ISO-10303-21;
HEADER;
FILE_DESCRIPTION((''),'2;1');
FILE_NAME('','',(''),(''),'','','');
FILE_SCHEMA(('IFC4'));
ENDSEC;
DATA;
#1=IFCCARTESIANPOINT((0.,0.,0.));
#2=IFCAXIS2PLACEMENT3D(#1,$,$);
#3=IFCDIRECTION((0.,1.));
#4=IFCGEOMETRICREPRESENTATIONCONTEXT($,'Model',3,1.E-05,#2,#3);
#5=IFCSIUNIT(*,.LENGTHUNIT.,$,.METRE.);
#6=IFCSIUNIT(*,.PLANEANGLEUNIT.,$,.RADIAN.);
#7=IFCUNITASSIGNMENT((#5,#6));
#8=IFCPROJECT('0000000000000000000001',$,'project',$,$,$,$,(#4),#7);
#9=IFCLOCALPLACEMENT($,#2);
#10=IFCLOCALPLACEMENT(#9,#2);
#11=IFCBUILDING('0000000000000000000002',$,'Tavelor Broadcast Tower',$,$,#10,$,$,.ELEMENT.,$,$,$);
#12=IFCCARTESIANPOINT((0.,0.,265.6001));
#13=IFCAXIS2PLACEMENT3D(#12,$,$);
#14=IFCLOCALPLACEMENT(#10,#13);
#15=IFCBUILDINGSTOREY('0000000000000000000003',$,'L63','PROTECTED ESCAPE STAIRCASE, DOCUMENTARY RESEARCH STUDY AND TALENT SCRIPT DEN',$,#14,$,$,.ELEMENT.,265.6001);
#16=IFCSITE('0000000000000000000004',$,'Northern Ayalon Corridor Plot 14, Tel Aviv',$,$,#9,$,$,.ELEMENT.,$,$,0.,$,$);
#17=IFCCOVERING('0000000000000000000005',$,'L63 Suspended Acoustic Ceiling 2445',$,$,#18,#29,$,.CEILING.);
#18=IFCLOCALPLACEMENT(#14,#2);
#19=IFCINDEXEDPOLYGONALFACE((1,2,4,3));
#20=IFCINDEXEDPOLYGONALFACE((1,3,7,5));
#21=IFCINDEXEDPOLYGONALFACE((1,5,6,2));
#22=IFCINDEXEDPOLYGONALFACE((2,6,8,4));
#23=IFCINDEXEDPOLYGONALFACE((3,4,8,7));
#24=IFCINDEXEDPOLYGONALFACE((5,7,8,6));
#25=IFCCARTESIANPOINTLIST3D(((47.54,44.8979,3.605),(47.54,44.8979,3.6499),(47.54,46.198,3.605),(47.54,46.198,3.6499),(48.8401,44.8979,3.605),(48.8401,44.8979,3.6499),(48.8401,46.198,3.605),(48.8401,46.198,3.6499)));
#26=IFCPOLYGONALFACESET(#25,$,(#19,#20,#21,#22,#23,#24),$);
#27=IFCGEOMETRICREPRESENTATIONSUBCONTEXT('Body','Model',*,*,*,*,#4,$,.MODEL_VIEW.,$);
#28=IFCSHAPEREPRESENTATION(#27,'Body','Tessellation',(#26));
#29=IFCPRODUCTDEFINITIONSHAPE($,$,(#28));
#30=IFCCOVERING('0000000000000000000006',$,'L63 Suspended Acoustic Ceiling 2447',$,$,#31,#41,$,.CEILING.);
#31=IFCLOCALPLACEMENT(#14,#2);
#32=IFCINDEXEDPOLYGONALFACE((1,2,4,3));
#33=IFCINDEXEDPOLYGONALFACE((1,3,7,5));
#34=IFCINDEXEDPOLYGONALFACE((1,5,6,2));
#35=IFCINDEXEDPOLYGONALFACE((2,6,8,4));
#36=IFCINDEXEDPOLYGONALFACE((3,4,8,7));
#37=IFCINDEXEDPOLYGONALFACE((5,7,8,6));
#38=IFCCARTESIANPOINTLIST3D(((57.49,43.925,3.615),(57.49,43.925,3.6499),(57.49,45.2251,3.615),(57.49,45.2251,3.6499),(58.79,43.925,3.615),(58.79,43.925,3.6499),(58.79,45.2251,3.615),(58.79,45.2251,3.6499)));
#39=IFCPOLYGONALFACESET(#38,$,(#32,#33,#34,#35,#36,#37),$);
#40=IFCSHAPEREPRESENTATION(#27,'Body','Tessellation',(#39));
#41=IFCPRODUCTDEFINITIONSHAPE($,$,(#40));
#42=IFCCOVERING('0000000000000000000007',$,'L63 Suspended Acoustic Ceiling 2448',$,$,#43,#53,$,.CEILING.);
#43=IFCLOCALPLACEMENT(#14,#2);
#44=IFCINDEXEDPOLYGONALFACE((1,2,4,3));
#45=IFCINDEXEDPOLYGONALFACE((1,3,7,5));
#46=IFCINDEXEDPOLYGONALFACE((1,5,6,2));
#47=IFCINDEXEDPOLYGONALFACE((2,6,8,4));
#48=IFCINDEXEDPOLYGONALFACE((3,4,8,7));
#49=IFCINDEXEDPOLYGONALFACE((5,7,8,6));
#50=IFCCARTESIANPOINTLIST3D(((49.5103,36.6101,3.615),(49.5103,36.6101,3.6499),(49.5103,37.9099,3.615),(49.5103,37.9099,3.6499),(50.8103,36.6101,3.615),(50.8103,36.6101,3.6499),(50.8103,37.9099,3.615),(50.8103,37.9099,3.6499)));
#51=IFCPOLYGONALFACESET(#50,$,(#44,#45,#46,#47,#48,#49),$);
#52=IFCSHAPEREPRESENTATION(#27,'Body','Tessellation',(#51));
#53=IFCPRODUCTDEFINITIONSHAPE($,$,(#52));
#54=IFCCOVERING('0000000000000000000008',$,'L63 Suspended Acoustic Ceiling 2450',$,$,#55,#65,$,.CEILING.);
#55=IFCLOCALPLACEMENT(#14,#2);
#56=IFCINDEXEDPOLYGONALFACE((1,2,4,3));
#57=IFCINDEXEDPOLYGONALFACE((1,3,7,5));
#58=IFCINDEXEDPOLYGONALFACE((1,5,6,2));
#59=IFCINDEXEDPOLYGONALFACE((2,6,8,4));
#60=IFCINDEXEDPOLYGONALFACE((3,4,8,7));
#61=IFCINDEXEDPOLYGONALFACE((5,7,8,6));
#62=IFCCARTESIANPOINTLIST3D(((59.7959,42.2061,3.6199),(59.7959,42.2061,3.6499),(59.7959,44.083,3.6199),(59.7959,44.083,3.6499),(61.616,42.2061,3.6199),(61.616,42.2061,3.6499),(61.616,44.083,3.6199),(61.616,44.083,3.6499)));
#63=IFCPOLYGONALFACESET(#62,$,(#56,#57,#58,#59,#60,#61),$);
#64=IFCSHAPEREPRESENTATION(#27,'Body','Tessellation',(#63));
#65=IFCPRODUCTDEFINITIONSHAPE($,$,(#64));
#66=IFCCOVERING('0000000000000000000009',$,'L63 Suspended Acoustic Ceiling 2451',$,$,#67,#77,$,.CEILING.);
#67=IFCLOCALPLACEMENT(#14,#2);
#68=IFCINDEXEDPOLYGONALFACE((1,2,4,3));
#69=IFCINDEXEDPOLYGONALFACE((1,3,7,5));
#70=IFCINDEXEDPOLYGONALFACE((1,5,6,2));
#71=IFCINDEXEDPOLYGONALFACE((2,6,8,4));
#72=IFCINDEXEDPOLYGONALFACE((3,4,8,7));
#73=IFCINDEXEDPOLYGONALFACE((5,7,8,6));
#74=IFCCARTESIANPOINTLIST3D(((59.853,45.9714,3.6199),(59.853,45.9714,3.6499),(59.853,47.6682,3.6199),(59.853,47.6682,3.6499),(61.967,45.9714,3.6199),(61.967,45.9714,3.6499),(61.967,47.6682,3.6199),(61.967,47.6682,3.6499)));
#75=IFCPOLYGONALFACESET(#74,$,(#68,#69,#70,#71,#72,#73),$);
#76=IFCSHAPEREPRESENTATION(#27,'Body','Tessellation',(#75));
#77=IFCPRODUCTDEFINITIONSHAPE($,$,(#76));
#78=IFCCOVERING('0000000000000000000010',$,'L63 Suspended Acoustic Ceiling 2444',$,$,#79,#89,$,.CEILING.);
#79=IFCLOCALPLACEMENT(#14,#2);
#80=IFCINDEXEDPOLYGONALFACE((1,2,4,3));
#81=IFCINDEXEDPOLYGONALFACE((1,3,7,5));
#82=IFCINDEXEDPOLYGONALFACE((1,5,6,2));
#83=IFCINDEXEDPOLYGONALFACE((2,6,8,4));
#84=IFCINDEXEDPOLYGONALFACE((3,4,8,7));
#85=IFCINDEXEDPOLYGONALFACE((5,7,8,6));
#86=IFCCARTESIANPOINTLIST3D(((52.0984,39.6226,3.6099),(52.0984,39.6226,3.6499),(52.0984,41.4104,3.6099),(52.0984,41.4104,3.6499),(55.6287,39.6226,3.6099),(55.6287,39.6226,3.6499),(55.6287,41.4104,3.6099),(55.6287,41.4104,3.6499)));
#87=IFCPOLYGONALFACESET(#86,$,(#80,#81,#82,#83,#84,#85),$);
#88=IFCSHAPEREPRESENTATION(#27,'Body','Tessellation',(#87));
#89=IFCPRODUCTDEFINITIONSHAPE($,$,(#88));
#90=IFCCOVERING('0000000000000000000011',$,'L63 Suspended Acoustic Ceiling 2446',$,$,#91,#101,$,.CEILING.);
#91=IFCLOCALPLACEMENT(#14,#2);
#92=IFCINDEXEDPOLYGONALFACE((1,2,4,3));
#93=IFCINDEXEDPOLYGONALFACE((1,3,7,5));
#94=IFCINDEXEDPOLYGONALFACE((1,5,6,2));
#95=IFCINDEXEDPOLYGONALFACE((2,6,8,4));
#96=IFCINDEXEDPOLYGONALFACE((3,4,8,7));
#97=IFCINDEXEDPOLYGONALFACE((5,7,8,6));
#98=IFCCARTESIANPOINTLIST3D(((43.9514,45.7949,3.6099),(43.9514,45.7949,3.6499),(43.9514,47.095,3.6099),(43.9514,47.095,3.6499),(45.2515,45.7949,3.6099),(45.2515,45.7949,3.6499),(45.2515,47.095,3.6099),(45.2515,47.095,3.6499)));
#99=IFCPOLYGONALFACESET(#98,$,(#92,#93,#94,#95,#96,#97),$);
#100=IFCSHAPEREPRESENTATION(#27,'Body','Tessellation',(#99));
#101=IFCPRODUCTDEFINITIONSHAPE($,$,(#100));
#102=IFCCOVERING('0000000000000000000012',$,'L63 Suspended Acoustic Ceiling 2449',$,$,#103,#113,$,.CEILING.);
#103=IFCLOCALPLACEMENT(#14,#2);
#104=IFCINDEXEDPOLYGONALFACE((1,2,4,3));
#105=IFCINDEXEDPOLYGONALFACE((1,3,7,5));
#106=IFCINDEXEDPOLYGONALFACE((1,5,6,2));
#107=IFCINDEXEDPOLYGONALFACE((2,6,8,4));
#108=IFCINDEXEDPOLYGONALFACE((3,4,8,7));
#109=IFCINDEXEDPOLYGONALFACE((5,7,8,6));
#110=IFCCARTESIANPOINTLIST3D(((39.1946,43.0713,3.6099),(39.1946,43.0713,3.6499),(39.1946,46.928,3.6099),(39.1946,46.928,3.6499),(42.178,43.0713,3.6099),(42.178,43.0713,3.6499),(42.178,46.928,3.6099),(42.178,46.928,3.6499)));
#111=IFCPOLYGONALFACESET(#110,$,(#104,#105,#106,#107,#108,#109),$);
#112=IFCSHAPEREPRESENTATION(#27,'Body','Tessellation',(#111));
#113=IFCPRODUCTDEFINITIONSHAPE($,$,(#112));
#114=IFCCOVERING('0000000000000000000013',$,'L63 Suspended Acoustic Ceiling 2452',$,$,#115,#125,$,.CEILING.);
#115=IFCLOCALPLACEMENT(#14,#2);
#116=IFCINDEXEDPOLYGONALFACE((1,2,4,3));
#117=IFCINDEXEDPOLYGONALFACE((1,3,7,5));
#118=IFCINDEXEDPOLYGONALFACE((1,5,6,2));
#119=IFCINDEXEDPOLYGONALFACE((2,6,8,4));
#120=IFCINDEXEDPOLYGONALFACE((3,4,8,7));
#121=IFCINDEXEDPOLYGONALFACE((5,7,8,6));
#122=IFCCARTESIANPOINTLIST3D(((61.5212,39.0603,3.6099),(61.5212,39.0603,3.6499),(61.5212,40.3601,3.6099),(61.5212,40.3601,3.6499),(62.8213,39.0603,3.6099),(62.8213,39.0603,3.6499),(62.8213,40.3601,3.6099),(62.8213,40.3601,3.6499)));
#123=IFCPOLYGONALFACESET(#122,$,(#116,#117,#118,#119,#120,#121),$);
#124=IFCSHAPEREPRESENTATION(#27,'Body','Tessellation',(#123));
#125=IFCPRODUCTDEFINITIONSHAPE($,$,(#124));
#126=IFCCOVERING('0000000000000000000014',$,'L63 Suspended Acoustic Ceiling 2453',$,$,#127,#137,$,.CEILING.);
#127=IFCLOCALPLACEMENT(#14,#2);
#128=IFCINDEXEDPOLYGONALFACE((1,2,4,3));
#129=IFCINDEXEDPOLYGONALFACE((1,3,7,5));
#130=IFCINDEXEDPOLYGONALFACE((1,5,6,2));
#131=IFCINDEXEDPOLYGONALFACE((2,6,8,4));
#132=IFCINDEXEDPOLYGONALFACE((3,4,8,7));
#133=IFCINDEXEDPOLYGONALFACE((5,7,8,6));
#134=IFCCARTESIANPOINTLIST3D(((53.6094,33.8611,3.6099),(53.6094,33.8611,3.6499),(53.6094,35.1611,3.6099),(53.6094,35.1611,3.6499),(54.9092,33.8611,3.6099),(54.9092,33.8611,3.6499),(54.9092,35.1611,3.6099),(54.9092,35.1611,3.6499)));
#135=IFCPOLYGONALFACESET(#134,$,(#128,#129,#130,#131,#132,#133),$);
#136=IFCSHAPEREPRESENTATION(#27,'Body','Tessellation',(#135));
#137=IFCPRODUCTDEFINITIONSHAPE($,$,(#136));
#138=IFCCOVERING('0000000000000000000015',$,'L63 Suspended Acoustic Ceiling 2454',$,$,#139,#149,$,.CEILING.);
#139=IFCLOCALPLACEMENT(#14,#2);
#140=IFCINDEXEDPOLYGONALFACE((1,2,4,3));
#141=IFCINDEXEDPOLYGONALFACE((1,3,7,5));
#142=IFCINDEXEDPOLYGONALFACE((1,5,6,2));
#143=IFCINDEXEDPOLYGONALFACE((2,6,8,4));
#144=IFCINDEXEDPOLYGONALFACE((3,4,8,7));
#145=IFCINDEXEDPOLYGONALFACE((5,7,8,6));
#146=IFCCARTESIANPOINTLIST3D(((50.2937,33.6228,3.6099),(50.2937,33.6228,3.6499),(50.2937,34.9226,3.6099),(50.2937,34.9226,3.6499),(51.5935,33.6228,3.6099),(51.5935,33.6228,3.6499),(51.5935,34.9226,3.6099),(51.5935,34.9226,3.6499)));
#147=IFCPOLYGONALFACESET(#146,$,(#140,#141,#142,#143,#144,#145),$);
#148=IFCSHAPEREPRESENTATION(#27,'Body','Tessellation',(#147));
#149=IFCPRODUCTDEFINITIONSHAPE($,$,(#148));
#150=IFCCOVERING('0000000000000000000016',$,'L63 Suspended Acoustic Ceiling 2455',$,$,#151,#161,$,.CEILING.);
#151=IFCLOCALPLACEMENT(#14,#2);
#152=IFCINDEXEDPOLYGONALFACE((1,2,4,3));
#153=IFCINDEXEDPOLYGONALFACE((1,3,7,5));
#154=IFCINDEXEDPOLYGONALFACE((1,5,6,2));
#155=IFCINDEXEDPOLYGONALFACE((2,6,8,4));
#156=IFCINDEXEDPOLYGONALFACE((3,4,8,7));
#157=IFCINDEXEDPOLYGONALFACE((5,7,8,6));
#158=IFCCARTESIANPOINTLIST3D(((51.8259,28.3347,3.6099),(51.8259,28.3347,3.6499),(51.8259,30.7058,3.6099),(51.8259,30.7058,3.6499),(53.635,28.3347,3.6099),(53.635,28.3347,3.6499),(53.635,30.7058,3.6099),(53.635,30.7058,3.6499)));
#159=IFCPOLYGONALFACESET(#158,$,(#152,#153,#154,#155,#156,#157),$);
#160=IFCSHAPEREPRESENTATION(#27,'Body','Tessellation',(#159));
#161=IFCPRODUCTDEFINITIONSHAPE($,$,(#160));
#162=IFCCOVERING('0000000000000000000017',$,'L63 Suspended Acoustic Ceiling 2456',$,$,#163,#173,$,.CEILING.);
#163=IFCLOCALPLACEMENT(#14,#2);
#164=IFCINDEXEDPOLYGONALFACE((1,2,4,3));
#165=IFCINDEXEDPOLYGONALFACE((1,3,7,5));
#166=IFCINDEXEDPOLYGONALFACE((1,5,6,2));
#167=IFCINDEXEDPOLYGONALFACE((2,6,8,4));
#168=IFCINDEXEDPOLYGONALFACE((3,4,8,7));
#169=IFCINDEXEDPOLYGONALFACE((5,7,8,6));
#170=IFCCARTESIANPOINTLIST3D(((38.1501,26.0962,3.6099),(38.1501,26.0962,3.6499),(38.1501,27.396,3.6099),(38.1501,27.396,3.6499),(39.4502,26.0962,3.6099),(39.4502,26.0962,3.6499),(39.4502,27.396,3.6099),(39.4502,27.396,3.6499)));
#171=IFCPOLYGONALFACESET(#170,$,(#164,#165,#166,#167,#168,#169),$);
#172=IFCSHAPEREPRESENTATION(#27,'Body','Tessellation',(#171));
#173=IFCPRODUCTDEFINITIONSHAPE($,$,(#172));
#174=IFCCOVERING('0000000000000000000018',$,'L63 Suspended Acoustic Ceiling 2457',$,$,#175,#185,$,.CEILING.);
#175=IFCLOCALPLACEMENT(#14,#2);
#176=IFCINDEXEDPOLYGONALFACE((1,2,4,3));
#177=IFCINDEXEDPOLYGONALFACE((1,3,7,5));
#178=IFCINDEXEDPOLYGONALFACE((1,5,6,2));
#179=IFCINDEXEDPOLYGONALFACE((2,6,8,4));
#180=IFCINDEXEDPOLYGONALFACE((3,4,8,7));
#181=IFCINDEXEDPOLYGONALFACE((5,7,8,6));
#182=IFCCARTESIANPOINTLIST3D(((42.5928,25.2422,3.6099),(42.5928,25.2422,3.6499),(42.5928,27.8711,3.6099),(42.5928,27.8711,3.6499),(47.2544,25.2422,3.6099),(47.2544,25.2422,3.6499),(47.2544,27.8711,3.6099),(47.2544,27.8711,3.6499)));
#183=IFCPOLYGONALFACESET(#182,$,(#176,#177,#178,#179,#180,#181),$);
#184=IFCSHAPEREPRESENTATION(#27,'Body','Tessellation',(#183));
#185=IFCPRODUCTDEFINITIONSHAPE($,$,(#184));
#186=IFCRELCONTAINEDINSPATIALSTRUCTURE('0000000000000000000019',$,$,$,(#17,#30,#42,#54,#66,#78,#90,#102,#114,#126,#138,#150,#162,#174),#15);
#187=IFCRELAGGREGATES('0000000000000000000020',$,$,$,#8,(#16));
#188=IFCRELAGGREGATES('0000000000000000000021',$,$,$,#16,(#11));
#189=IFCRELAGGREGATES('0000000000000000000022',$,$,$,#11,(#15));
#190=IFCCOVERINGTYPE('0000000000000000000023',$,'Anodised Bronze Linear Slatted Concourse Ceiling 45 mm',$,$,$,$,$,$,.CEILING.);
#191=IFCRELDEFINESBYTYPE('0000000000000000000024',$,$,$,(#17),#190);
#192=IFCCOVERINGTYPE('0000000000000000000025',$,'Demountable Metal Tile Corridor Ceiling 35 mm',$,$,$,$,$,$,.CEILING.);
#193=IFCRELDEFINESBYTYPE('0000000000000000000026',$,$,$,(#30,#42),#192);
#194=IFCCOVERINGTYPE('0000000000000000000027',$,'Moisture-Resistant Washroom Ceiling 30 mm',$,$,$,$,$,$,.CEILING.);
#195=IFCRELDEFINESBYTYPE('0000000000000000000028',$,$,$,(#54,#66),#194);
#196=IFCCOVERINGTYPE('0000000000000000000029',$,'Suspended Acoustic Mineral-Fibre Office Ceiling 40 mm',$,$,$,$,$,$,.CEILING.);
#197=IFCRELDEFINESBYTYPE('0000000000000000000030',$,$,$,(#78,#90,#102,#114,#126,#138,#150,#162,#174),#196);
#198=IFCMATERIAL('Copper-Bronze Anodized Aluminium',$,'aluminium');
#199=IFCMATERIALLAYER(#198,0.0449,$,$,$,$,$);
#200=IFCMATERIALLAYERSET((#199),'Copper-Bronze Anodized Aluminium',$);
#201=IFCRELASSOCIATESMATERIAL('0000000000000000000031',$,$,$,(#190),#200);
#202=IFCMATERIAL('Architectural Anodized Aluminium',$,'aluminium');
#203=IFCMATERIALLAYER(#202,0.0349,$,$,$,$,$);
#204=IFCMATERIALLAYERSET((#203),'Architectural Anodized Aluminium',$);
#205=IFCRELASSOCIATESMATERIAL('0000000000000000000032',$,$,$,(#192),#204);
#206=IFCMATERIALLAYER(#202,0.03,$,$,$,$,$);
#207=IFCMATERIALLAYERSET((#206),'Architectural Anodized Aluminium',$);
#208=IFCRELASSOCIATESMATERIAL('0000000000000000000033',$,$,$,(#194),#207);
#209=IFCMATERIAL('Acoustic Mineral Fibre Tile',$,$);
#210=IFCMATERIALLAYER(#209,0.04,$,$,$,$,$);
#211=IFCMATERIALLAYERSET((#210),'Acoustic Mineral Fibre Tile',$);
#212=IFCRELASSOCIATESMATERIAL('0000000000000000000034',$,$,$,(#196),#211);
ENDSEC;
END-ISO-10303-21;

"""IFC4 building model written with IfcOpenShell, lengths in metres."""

from ifc_helpers import new_model, si_unit, direction, frame, origin, place, context, subcontext, project, spatial, polyline, outline, extrude, material, layer, layer_set, type_object, element, save


model = new_model("IFC4")

# Units and contexts
model_context = context("Model", 3, precision=1e-05, world=origin(), true_north=direction((0.0, 1.0)))
body_context = subcontext(model_context, "Body", "Model", "MODEL_VIEW")
ifc_project = project(units=[si_unit("LENGTHUNIT", "METRE"), si_unit("PLANEANGLEUNIT", "RADIAN")], contexts=[model_context])

# Site, building, storey
site_placement = place(None, origin())
site = spatial("IfcSite", under=ifc_project, at=site_placement, Name="Northern Ayalon Corridor Plot 14, Tel Aviv", CompositionType="ELEMENT", RefElevation=0.0)
building_placement = place(site_placement, origin())
building = spatial("IfcBuilding", under=site, at=building_placement, Name="Tavelor Broadcast Tower", CompositionType="ELEMENT")
storey_placement = place(building_placement, frame((0.0, 0.0, 265.6001)))
storey = spatial("IfcBuildingStorey", under=building, at=storey_placement, Name="L63", Description="PROTECTED ESCAPE STAIRCASE, DOCUMENTARY RESEARCH STUDY AND TALENT SCRIPT DEN", CompositionType="ELEMENT", Elevation=265.6001)

# Coverings
ifc_material_1 = material(Name="Copper-Bronze Anodized Aluminium", Category="aluminium")
ifc_layer_1 = layer(ifc_material_1, 0.0449)
ifc_layer_set_1 = layer_set([ifc_layer_1], Name="Copper-Bronze Anodized Aluminium")
covering_type_1 = type_object("IfcCoveringType", Name="Anodised Bronze Linear Slatted Concourse Ceiling 45 mm", PredefinedType="CEILING", material=ifc_layer_set_1)
covering_1_placement = place(storey_placement, frame((0.0, 0.0, 3.605)))
element("IfcCovering", 1, at=covering_1_placement, inside=storey, type_object=covering_type_1, Name="L63 Suspended Acoustic Ceiling 2445", PredefinedType="CEILING", context=body_context, shape_type="SweptSolid", body=[
    extrude(outline(polyline([(47.54, 44.8979), (48.8401, 44.8979), (48.8401, 46.198), (47.54, 46.198), (47.54, 44.8979)])), origin(), (0.0, 0.0, 1.0), 0.0449),
])
ifc_material_2 = material(Name="Architectural Anodized Aluminium", Category="aluminium")
ifc_layer_2 = layer(ifc_material_2, 0.0349)
ifc_layer_set_2 = layer_set([ifc_layer_2], Name="Architectural Anodized Aluminium")
covering_type_2 = type_object("IfcCoveringType", Name="Demountable Metal Tile Corridor Ceiling 35 mm", PredefinedType="CEILING", material=ifc_layer_set_2)
covering_2_placement = place(storey_placement, frame((0.0, 0.0, 3.615)))
element("IfcCovering", 2, at=covering_2_placement, inside=storey, type_object=covering_type_2, Name="L63 Suspended Acoustic Ceiling 2447", PredefinedType="CEILING", context=body_context, shape_type="SweptSolid", body=[
    extrude(outline(polyline([(57.49, 43.925), (58.79, 43.925), (58.79, 45.2251), (57.49, 45.2251), (57.49, 43.925)])), origin(), (0.0, 0.0, 1.0), 0.0349),
])
covering_3_placement = place(storey_placement, frame((0.0, 0.0, 3.615)))
element("IfcCovering", 3, at=covering_3_placement, inside=storey, type_object=covering_type_2, Name="L63 Suspended Acoustic Ceiling 2448", PredefinedType="CEILING", context=body_context, shape_type="SweptSolid", body=[
    extrude(outline(polyline([(49.5103, 36.6101), (50.8103, 36.6101), (50.8103, 37.9099), (49.5103, 37.9099), (49.5103, 36.6101)])), origin(), (0.0, 0.0, 1.0), 0.0349),
])
ifc_layer_3 = layer(ifc_material_2, 0.03)
ifc_layer_set_3 = layer_set([ifc_layer_3], Name="Architectural Anodized Aluminium")
covering_type_3 = type_object("IfcCoveringType", Name="Moisture-Resistant Washroom Ceiling 30 mm", PredefinedType="CEILING", material=ifc_layer_set_3)
covering_4_placement = place(storey_placement, frame((0.0, 0.0, 3.6199)))
element("IfcCovering", 4, at=covering_4_placement, inside=storey, type_object=covering_type_3, Name="L63 Suspended Acoustic Ceiling 2450", PredefinedType="CEILING", context=body_context, shape_type="SweptSolid", body=[
    extrude(outline(polyline([(59.7959, 42.2061), (61.616, 42.2061), (61.616, 44.083), (59.7959, 44.083), (59.7959, 42.2061)])), origin(), (0.0, 0.0, 1.0), 0.03),
])
covering_5_placement = place(storey_placement, frame((0.0, 0.0, 3.6199)))
element("IfcCovering", 5, at=covering_5_placement, inside=storey, type_object=covering_type_3, Name="L63 Suspended Acoustic Ceiling 2451", PredefinedType="CEILING", context=body_context, shape_type="SweptSolid", body=[
    extrude(outline(polyline([(59.853, 45.9714), (61.967, 45.9714), (61.967, 47.6682), (59.853, 47.6682), (59.853, 45.9714)])), origin(), (0.0, 0.0, 1.0), 0.03),
])
ifc_material_3 = material(Name="Acoustic Mineral Fibre Tile")
ifc_layer_4 = layer(ifc_material_3, 0.04)
ifc_layer_set_4 = layer_set([ifc_layer_4], Name="Acoustic Mineral Fibre Tile")
covering_type_4 = type_object("IfcCoveringType", Name="Suspended Acoustic Mineral-Fibre Office Ceiling 40 mm", PredefinedType="CEILING", material=ifc_layer_set_4)
covering_6_placement = place(storey_placement, frame((0.0, 0.0, 3.6099)))
element("IfcCovering", 6, at=covering_6_placement, inside=storey, type_object=covering_type_4, Name="L63 Suspended Acoustic Ceiling 2444", PredefinedType="CEILING", context=body_context, shape_type="SweptSolid", body=[
    extrude(outline(polyline([(52.0984, 39.6226), (55.6287, 39.6226), (55.6287, 41.4104), (52.0984, 41.4104), (52.0984, 39.6226)])), origin(), (0.0, 0.0, 1.0), 0.04),
])
covering_7_placement = place(storey_placement, frame((0.0, 0.0, 3.6099)))
element("IfcCovering", 7, at=covering_7_placement, inside=storey, type_object=covering_type_4, Name="L63 Suspended Acoustic Ceiling 2446", PredefinedType="CEILING", context=body_context, shape_type="SweptSolid", body=[
    extrude(outline(polyline([(43.9514, 45.7949), (45.2515, 45.7949), (45.2515, 47.095), (43.9514, 47.095), (43.9514, 45.7949)])), origin(), (0.0, 0.0, 1.0), 0.04),
])
covering_8_placement = place(storey_placement, frame((0.0, 0.0, 3.6099)))
element("IfcCovering", 8, at=covering_8_placement, inside=storey, type_object=covering_type_4, Name="L63 Suspended Acoustic Ceiling 2449", PredefinedType="CEILING", context=body_context, shape_type="SweptSolid", body=[
    extrude(outline(polyline([(39.1946, 43.0713), (42.178, 43.0713), (42.178, 46.928), (39.1946, 46.928), (39.1946, 43.0713)])), origin(), (0.0, 0.0, 1.0), 0.04),
])
covering_9_placement = place(storey_placement, frame((0.0, 0.0, 3.6099)))
element("IfcCovering", 9, at=covering_9_placement, inside=storey, type_object=covering_type_4, Name="L63 Suspended Acoustic Ceiling 2452", PredefinedType="CEILING", context=body_context, shape_type="SweptSolid", body=[
    extrude(outline(polyline([(61.5212, 39.0603), (62.8213, 39.0603), (62.8213, 40.3601), (61.5212, 40.3601), (61.5212, 39.0603)])), origin(), (0.0, 0.0, 1.0), 0.04),
])
covering_10_placement = place(storey_placement, frame((0.0, 0.0, 3.6099)))
element("IfcCovering", 10, at=covering_10_placement, inside=storey, type_object=covering_type_4, Name="L63 Suspended Acoustic Ceiling 2453", PredefinedType="CEILING", context=body_context, shape_type="SweptSolid", body=[
    extrude(outline(polyline([(53.6094, 33.8611), (54.9092, 33.8611), (54.9092, 35.1611), (53.6094, 35.1611), (53.6094, 33.8611)])), origin(), (0.0, 0.0, 1.0), 0.04),
])
covering_11_placement = place(storey_placement, frame((0.0, 0.0, 3.6099)))
element("IfcCovering", 11, at=covering_11_placement, inside=storey, type_object=covering_type_4, Name="L63 Suspended Acoustic Ceiling 2454", PredefinedType="CEILING", context=body_context, shape_type="SweptSolid", body=[
    extrude(outline(polyline([(50.2937, 33.6228), (51.5935, 33.6228), (51.5935, 34.9226), (50.2937, 34.9226), (50.2937, 33.6228)])), origin(), (0.0, 0.0, 1.0), 0.04),
])
covering_12_placement = place(storey_placement, frame((0.0, 0.0, 3.6099)))
element("IfcCovering", 12, at=covering_12_placement, inside=storey, type_object=covering_type_4, Name="L63 Suspended Acoustic Ceiling 2455", PredefinedType="CEILING", context=body_context, shape_type="SweptSolid", body=[
    extrude(outline(polyline([(51.8259, 28.3347), (53.635, 28.3347), (53.635, 30.7058), (51.8259, 30.7058), (51.8259, 28.3347)])), origin(), (0.0, 0.0, 1.0), 0.04),
])
covering_13_placement = place(storey_placement, frame((0.0, 0.0, 3.6099)))
element("IfcCovering", 13, at=covering_13_placement, inside=storey, type_object=covering_type_4, Name="L63 Suspended Acoustic Ceiling 2456", PredefinedType="CEILING", context=body_context, shape_type="SweptSolid", body=[
    extrude(outline(polyline([(38.1501, 26.0962), (39.4502, 26.0962), (39.4502, 27.396), (38.1501, 27.396), (38.1501, 26.0962)])), origin(), (0.0, 0.0, 1.0), 0.04),
])
covering_14_placement = place(storey_placement, frame((0.0, 0.0, 3.6099)))
element("IfcCovering", 14, at=covering_14_placement, inside=storey, type_object=covering_type_4, Name="L63 Suspended Acoustic Ceiling 2457", PredefinedType="CEILING", context=body_context, shape_type="SweptSolid", body=[
    extrude(outline(polyline([(42.5928, 25.2422), (47.2544, 25.2422), (47.2544, 27.8711), (42.5928, 27.8711), (42.5928, 25.2422)])), origin(), (0.0, 0.0, 1.0), 0.04),
])

save(model, "model.ifc")
